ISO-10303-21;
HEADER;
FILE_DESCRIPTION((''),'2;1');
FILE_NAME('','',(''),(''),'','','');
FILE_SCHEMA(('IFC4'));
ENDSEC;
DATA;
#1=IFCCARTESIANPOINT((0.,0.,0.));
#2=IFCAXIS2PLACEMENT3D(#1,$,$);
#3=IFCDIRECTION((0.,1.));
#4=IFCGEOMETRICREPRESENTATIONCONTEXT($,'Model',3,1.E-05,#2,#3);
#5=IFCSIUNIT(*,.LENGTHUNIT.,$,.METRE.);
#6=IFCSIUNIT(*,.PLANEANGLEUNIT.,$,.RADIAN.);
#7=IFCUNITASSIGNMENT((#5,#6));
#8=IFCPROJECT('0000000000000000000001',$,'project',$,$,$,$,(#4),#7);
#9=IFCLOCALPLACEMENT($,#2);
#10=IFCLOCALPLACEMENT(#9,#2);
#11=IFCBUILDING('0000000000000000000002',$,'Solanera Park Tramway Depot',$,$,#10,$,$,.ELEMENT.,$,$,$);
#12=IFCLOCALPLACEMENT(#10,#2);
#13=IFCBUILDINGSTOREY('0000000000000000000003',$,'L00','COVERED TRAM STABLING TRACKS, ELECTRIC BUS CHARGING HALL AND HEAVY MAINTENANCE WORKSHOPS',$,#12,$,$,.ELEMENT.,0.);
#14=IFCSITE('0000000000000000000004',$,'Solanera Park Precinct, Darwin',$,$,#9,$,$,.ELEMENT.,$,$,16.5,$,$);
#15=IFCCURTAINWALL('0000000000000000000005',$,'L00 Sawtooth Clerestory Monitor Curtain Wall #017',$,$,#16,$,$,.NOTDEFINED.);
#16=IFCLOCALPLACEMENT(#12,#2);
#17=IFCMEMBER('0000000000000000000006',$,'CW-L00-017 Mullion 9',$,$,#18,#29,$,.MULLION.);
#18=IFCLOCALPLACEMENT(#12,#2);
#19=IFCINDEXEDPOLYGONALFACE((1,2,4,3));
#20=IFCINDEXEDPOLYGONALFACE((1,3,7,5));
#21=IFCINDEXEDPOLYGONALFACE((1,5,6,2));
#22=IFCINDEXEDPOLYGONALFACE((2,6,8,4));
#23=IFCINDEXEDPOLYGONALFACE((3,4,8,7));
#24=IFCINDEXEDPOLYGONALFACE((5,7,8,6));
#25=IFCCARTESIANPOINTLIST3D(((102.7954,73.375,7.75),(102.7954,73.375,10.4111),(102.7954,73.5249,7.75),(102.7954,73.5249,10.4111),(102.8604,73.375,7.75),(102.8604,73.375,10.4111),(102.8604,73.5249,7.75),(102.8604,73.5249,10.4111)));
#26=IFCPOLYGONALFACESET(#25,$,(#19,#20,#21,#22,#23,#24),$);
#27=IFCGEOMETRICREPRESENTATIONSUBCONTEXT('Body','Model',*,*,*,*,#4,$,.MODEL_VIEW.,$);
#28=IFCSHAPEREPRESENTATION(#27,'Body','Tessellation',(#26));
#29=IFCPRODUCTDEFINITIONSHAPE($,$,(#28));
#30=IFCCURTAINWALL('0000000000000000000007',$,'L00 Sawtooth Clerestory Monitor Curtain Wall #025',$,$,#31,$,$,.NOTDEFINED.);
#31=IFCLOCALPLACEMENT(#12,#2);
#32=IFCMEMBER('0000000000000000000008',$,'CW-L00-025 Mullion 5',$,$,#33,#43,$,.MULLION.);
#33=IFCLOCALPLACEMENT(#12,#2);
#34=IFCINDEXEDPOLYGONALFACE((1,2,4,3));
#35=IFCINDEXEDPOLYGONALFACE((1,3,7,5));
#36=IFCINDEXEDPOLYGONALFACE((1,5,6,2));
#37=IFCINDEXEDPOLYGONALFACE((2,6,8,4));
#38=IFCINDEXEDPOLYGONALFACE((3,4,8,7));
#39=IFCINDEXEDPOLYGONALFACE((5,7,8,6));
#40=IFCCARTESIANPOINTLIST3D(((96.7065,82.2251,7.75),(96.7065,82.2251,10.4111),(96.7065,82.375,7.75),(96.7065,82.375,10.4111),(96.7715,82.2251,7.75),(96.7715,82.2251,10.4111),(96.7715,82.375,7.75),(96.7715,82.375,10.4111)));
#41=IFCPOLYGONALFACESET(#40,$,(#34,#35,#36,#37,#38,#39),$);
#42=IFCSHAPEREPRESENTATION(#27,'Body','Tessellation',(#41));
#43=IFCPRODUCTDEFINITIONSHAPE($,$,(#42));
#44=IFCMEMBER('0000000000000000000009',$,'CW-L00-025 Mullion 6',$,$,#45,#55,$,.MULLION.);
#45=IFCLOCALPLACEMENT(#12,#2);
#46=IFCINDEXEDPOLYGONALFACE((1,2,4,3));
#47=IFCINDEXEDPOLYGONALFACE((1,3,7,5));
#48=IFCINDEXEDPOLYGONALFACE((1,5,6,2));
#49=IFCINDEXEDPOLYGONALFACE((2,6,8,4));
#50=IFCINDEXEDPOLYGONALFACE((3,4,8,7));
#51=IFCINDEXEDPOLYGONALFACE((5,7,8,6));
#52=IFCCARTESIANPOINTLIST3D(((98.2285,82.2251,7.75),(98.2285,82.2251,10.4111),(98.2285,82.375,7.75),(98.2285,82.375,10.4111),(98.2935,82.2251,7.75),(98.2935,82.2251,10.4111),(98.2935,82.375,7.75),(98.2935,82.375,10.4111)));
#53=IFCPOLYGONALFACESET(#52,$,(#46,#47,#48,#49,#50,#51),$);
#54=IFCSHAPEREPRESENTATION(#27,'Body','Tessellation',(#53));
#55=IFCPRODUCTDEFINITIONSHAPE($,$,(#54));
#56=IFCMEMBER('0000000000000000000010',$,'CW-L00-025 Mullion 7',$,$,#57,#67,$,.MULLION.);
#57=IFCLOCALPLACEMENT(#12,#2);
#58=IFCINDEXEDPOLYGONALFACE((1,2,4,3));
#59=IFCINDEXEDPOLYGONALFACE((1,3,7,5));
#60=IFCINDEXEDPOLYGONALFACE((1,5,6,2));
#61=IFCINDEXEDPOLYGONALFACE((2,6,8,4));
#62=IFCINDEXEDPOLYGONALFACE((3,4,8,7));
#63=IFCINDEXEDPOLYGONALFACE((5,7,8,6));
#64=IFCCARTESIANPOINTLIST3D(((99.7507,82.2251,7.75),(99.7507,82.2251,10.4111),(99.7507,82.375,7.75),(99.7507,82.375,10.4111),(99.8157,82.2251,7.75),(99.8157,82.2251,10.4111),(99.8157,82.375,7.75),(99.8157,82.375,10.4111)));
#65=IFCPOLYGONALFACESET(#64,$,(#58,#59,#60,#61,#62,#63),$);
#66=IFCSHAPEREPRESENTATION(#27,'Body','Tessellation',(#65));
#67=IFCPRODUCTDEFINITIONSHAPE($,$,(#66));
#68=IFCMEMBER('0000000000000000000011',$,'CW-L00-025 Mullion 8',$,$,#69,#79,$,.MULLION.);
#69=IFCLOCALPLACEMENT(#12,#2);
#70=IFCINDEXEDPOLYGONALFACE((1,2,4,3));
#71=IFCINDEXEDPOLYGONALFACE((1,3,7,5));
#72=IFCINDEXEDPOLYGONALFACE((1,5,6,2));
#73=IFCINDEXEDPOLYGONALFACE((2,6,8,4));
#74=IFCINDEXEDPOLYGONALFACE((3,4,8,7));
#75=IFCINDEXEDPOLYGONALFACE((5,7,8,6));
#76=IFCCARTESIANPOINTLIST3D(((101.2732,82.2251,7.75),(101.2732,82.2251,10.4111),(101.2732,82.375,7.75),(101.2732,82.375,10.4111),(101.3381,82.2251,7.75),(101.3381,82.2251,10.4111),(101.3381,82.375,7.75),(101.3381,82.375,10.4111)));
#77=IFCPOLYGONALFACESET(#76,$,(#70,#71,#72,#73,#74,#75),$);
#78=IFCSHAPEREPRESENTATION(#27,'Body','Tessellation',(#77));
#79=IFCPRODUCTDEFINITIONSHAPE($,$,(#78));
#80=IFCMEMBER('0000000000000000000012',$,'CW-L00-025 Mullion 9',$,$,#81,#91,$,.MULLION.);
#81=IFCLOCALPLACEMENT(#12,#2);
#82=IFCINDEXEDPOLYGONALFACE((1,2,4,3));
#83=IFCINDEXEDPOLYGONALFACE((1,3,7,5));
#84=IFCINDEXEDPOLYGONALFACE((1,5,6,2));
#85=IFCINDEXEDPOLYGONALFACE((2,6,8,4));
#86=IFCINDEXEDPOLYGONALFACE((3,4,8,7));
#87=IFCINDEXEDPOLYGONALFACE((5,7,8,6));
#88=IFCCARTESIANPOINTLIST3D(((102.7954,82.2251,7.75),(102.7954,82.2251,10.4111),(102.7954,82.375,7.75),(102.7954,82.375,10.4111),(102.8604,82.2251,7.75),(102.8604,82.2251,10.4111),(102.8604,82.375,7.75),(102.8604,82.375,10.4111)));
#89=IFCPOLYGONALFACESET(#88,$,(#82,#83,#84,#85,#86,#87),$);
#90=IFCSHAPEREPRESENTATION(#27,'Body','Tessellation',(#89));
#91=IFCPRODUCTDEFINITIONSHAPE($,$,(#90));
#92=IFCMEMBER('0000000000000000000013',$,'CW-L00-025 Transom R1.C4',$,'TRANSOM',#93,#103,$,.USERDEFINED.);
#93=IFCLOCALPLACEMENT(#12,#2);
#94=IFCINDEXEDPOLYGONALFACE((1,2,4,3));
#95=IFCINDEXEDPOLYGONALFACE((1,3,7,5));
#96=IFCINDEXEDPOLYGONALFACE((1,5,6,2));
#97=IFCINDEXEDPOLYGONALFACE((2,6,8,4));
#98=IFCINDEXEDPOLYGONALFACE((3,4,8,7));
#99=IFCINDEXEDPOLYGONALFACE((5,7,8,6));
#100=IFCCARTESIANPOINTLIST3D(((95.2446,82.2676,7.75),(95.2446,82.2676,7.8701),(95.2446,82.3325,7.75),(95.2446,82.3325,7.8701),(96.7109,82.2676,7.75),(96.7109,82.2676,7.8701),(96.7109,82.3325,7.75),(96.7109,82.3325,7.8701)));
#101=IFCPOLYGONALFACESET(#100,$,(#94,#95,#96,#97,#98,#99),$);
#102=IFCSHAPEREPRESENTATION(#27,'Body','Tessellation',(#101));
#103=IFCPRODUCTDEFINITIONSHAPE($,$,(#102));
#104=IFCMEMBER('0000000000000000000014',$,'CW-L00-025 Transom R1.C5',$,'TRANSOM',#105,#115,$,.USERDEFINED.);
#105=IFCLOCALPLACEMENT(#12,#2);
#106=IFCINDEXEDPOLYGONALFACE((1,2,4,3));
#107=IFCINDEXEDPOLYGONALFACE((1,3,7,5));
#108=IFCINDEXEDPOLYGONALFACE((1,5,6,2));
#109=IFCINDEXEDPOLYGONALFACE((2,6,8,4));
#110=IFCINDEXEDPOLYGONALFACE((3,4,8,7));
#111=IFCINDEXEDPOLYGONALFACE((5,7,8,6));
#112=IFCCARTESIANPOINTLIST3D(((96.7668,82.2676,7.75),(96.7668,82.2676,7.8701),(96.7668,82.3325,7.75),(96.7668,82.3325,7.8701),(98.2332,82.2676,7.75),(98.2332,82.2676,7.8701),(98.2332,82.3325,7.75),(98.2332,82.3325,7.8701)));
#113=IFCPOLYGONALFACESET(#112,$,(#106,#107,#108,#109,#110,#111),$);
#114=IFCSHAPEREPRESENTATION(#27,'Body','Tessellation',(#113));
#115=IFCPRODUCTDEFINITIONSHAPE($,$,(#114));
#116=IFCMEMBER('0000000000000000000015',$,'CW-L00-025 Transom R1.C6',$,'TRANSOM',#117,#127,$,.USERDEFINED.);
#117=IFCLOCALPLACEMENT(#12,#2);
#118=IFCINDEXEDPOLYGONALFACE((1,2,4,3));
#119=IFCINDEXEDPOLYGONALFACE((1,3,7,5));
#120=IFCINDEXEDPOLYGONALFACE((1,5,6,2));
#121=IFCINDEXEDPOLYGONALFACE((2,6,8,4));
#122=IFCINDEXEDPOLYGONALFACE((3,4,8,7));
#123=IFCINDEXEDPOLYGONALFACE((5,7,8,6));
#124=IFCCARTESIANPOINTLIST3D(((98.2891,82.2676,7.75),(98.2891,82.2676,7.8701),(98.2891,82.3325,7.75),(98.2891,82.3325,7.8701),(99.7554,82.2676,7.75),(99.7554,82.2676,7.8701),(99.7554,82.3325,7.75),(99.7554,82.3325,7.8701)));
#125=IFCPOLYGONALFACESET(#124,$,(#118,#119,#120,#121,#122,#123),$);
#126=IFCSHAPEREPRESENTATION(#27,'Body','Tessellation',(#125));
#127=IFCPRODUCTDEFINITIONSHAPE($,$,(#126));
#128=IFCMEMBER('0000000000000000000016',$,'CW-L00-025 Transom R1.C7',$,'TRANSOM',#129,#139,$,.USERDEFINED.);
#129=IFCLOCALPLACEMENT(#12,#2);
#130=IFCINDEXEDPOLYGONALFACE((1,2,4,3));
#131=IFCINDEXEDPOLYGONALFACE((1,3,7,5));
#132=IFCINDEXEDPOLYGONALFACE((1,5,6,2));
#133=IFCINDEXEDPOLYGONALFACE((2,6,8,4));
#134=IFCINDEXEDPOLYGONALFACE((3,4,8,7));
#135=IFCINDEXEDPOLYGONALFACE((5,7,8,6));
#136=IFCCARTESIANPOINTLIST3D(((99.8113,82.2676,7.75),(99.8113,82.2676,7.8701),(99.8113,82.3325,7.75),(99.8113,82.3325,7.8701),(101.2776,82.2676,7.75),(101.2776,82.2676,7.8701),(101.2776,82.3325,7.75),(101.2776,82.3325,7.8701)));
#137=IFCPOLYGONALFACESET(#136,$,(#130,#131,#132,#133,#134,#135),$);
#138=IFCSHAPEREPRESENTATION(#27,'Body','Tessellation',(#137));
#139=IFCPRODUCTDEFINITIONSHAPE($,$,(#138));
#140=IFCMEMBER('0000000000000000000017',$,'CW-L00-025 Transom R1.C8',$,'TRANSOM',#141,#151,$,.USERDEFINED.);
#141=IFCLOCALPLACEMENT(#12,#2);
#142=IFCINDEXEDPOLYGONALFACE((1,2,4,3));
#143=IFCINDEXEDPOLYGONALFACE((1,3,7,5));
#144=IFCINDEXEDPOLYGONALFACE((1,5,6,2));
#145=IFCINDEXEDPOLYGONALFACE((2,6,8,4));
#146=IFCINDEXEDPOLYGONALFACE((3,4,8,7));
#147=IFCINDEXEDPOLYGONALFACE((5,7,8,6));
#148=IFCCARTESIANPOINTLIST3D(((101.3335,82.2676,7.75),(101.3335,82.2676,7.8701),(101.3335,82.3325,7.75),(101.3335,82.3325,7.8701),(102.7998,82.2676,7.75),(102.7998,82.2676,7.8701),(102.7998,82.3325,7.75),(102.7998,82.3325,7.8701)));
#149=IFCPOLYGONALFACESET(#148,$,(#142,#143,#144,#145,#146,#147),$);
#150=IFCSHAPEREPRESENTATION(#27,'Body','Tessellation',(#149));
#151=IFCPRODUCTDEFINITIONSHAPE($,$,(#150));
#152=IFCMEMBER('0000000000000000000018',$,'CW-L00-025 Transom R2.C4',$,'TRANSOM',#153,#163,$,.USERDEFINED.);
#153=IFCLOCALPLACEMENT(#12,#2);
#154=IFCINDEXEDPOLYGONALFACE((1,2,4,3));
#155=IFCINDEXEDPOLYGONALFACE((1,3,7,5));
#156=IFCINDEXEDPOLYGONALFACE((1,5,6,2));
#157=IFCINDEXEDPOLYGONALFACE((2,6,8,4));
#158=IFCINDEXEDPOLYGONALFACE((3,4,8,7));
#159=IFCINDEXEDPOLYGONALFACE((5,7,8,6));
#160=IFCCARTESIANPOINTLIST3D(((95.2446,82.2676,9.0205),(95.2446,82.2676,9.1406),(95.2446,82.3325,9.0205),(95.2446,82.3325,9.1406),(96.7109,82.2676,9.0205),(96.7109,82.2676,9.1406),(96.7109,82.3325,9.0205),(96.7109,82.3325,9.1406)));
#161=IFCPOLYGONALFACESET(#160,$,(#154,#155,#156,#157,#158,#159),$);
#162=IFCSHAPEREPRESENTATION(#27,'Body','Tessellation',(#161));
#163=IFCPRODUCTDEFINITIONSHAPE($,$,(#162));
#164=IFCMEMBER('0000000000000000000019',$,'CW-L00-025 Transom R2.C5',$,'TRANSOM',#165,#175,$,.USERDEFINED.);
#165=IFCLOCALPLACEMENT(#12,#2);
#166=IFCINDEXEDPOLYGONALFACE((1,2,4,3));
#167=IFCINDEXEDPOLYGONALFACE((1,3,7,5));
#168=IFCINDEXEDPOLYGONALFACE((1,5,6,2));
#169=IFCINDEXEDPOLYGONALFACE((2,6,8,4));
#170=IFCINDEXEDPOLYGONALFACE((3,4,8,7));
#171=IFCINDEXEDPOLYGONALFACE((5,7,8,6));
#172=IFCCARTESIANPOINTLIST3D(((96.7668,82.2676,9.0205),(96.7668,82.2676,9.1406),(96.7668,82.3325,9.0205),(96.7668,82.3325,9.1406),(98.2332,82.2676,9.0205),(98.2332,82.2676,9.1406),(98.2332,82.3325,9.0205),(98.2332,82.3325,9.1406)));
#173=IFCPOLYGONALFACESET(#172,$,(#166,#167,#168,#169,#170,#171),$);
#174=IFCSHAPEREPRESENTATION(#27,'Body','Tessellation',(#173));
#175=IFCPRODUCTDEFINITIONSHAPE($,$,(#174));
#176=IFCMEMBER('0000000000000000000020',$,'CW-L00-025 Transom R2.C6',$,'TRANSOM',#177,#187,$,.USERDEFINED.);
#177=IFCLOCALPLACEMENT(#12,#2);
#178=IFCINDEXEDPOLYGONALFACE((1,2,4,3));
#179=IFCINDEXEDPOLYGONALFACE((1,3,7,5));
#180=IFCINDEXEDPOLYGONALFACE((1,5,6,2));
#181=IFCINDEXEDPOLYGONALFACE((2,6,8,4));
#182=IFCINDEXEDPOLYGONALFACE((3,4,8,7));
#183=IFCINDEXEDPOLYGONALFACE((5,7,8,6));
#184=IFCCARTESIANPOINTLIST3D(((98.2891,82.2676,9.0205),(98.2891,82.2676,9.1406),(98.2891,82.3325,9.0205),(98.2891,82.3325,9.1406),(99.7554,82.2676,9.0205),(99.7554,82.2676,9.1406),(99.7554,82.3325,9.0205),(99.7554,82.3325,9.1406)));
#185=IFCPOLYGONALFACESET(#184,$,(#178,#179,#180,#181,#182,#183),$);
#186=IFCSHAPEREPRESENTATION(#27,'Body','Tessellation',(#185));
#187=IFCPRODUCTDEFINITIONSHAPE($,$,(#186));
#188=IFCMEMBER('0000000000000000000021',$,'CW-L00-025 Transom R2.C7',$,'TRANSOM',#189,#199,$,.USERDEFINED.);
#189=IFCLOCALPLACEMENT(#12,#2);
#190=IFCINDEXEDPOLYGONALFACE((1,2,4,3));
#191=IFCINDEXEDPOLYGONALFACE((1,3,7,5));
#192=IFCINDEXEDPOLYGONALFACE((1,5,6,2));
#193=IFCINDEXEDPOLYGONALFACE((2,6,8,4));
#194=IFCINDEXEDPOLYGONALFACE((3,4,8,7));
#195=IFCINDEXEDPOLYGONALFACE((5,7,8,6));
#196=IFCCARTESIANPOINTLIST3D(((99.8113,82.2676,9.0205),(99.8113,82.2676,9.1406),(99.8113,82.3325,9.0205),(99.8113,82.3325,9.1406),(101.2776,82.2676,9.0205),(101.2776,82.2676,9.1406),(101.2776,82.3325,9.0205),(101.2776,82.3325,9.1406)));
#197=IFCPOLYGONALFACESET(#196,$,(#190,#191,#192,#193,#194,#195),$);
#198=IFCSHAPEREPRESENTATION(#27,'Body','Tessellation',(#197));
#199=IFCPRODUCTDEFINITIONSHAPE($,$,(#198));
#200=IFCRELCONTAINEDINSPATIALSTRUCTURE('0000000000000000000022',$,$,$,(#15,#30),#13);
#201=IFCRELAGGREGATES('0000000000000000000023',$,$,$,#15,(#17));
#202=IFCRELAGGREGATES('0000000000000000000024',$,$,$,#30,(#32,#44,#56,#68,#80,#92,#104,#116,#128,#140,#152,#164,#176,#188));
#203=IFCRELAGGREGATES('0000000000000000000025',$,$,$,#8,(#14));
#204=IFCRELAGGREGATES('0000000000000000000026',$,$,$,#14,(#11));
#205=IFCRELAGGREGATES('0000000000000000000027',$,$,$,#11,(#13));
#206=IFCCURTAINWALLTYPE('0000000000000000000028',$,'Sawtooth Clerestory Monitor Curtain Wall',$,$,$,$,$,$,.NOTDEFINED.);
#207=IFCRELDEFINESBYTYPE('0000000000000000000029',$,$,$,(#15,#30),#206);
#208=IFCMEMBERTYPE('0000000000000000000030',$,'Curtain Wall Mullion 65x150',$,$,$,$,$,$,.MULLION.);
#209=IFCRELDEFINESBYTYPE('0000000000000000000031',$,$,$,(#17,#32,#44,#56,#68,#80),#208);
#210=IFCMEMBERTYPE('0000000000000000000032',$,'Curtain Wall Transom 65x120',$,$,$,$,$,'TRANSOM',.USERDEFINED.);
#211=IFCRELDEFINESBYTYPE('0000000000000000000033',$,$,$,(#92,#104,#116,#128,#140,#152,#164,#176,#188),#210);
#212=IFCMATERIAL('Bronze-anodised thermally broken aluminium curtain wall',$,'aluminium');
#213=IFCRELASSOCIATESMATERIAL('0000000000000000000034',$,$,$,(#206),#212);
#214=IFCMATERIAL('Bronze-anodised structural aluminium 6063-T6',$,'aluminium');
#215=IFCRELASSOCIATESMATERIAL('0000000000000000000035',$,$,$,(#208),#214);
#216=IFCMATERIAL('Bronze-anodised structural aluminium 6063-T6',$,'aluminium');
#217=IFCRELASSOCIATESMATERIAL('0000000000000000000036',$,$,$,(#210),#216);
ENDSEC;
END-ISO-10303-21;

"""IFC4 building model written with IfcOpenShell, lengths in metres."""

from ifc_helpers import new_model, si_unit, direction, frame, origin, origin_2d, place, context, subcontext, project, spatial, rectangle, extrude, material, material_profile, profile_set, type_object, element, aggregate, save


model = new_model("IFC4")

# Units and contexts
model_context = context("Model", 3, precision=1e-05, world=origin(), true_north=direction((0.0, 1.0)))
body_context = subcontext(model_context, "Body", "Model", "MODEL_VIEW")
ifc_project = project(units=[si_unit("LENGTHUNIT", "METRE"), si_unit("PLANEANGLEUNIT", "RADIAN")], contexts=[model_context])

# Site, building, storey
site_placement = place(None, origin())
site = spatial("IfcSite", under=ifc_project, at=site_placement, Name="Solanera Park Precinct, Darwin", CompositionType="ELEMENT", RefElevation=16.5)
building_placement = place(site_placement, origin())
building = spatial("IfcBuilding", under=site, at=building_placement, Name="Solanera Park Tramway Depot", CompositionType="ELEMENT")
storey_placement = place(building_placement, origin())
storey = spatial("IfcBuildingStorey", under=building, at=storey_placement, Name="L00", Description="COVERED TRAM STABLING TRACKS, ELECTRIC BUS CHARGING HALL AND HEAVY MAINTENANCE WORKSHOPS", CompositionType="ELEMENT", Elevation=0.0)

# Curtain wall, member
ifc_material_1 = material(Name="Bronze-anodised thermally broken aluminium curtain wall", Category="aluminium")
curtain_wall_type = type_object("IfcCurtainWallType", Name="Sawtooth Clerestory Monitor Curtain Wall", PredefinedType="NOTDEFINED", material=ifc_material_1)
curtain_wall_1_placement = place(storey_placement, origin())
curtain_wall_1 = element("IfcCurtainWall", 1, at=curtain_wall_1_placement, inside=storey, type_object=curtain_wall_type, Name="L00 Sawtooth Clerestory Monitor Curtain Wall #017", PredefinedType="NOTDEFINED")
ifc_material_2 = material(Name="Bronze-anodised structural aluminium 6063-T6", Category="aluminium")
ifc_material_profile_1 = material_profile(ifc_material_2, rectangle(XDim=0.0649, YDim=0.1499, at=origin_2d()), Name="Curtain Wall Mullion 65x150")
ifc_profile_set_1 = profile_set([ifc_material_profile_1], Name="Bronze-anodised structural aluminium 6063-T6")
member_type_1 = type_object("IfcMemberType", Name="Curtain Wall Mullion 65x150", PredefinedType="MULLION", material=ifc_profile_set_1)
member_1_placement = place(storey_placement, frame((102.8279, 73.45, 7.75), z_axis=(0.0, 0.0, 1.0), x_axis=(1.0, 0.0, 0.0)))
member_1 = element("IfcMember", 2, at=member_1_placement, type_object=member_type_1, Name="CW-L00-017 Mullion 9", PredefinedType="MULLION", context=body_context, shape_type="SweptSolid", body=[
    extrude(rectangle(XDim=0.0649, YDim=0.1499, at=origin_2d()), origin(), (0.0, 0.0, 1.0), 2.6611),
])

# Curtain wall, members
curtain_wall_2_placement = place(storey_placement, origin())
curtain_wall_2 = element("IfcCurtainWall", 3, at=curtain_wall_2_placement, inside=storey, type_object=curtain_wall_type, Name="L00 Sawtooth Clerestory Monitor Curtain Wall #025", PredefinedType="NOTDEFINED")
member_2_placement = place(storey_placement, frame((96.739, 82.3, 7.75), z_axis=(0.0, 0.0, 1.0), x_axis=(1.0, 0.0, 0.0)))
member_2 = element("IfcMember", 4, at=member_2_placement, type_object=member_type_1, Name="CW-L00-025 Mullion 5", PredefinedType="MULLION", context=body_context, shape_type="SweptSolid", body=[
    extrude(rectangle(XDim=0.0649, YDim=0.1499, at=origin_2d()), origin(), (0.0, 0.0, 1.0), 2.6611),
])
member_3_placement = place(storey_placement, frame((98.261, 82.3, 7.75), z_axis=(0.0, 0.0, 1.0), x_axis=(1.0, 0.0, 0.0)))
member_3 = element("IfcMember", 5, at=member_3_placement, type_object=member_type_1, Name="CW-L00-025 Mullion 6", PredefinedType="MULLION", context=body_context, shape_type="SweptSolid", body=[
    extrude(rectangle(XDim=0.0649, YDim=0.1499, at=origin_2d()), origin(), (0.0, 0.0, 1.0), 2.6611),
])
member_4_placement = place(storey_placement, frame((99.7832, 82.3, 7.75), z_axis=(0.0, 0.0, 1.0), x_axis=(1.0, 0.0, 0.0)))
member_4 = element("IfcMember", 6, at=member_4_placement, type_object=member_type_1, Name="CW-L00-025 Mullion 7", PredefinedType="MULLION", context=body_context, shape_type="SweptSolid", body=[
    extrude(rectangle(XDim=0.0649, YDim=0.1499, at=origin_2d()), origin(), (0.0, 0.0, 1.0), 2.6611),
])
member_5_placement = place(storey_placement, frame((101.3057, 82.3, 7.75), z_axis=(0.0, 0.0, 1.0), x_axis=(1.0, 0.0, 0.0)))
member_5 = element("IfcMember", 7, at=member_5_placement, type_object=member_type_1, Name="CW-L00-025 Mullion 8", PredefinedType="MULLION", context=body_context, shape_type="SweptSolid", body=[
    extrude(rectangle(XDim=0.0649, YDim=0.1499, at=origin_2d()), origin(), (0.0, 0.0, 1.0), 2.6611),
])
member_6_placement = place(storey_placement, frame((102.8279, 82.3, 7.75), z_axis=(0.0, 0.0, 1.0), x_axis=(1.0, 0.0, 0.0)))
member_6 = element("IfcMember", 8, at=member_6_placement, type_object=member_type_1, Name="CW-L00-025 Mullion 9", PredefinedType="MULLION", context=body_context, shape_type="SweptSolid", body=[
    extrude(rectangle(XDim=0.0649, YDim=0.1499, at=origin_2d()), origin(), (0.0, 0.0, 1.0), 2.6611),
])
ifc_material_3 = material(Name="Bronze-anodised structural aluminium 6063-T6", Category="aluminium")
ifc_material_profile_2 = material_profile(ifc_material_3, rectangle(XDim=0.0649, YDim=0.1201, at=origin_2d()), Name="Curtain Wall Transom 65x120")
ifc_profile_set_2 = profile_set([ifc_material_profile_2], Name="Bronze-anodised structural aluminium 6063-T6")
member_type_2 = type_object("IfcMemberType", Name="Curtain Wall Transom 65x120", ElementType="TRANSOM", PredefinedType="USERDEFINED", material=ifc_profile_set_2)
member_7_placement = place(storey_placement, frame((95.2446, 82.3, 7.8101), z_axis=(1.0, 0.0, 0.0), x_axis=(0.0, 1.0, 0.0)))
member_7 = element("IfcMember", 9, at=member_7_placement, type_object=member_type_2, Name="CW-L00-025 Transom R1.C4", ObjectType="TRANSOM", PredefinedType="USERDEFINED", context=body_context, shape_type="SweptSolid", body=[
    extrude(rectangle(XDim=0.0649, YDim=0.1201, at=origin_2d()), origin(), (0.0, 0.0, 1.0), 1.4663),
])
member_8_placement = place(storey_placement, frame((96.7668, 82.3, 7.8101), z_axis=(1.0, 0.0, 0.0), x_axis=(0.0, 1.0, 0.0)))
member_8 = element("IfcMember", 10, at=member_8_placement, type_object=member_type_2, Name="CW-L00-025 Transom R1.C5", ObjectType="TRANSOM", PredefinedType="USERDEFINED", context=body_context, shape_type="SweptSolid", body=[
    extrude(rectangle(XDim=0.0649, YDim=0.1201, at=origin_2d()), origin(), (0.0, 0.0, 1.0), 1.4663),
])
member_9_placement = place(storey_placement, frame((98.2891, 82.3, 7.8101), z_axis=(1.0, 0.0, 0.0), x_axis=(0.0, 1.0, 0.0)))
member_9 = element("IfcMember", 11, at=member_9_placement, type_object=member_type_2, Name="CW-L00-025 Transom R1.C6", ObjectType="TRANSOM", PredefinedType="USERDEFINED", context=body_context, shape_type="SweptSolid", body=[
    extrude(rectangle(XDim=0.0649, YDim=0.1201, at=origin_2d()), origin(), (0.0, 0.0, 1.0), 1.4663),
])
member_10_placement = place(storey_placement, frame((99.8113, 82.3, 7.8101), z_axis=(1.0, 0.0, 0.0), x_axis=(0.0, 1.0, 0.0)))
member_10 = element("IfcMember", 12, at=member_10_placement, type_object=member_type_2, Name="CW-L00-025 Transom R1.C7", ObjectType="TRANSOM", PredefinedType="USERDEFINED", context=body_context, shape_type="SweptSolid", body=[
    extrude(rectangle(XDim=0.0649, YDim=0.1201, at=origin_2d()), origin(), (0.0, 0.0, 1.0), 1.4663),
])
member_11_placement = place(storey_placement, frame((101.3335, 82.3, 7.8101), z_axis=(1.0, 0.0, 0.0), x_axis=(0.0, 1.0, 0.0)))
member_11 = element("IfcMember", 13, at=member_11_placement, type_object=member_type_2, Name="CW-L00-025 Transom R1.C8", ObjectType="TRANSOM", PredefinedType="USERDEFINED", context=body_context, shape_type="SweptSolid", body=[
    extrude(rectangle(XDim=0.0649, YDim=0.1201, at=origin_2d()), origin(), (0.0, 0.0, 1.0), 1.4663),
])
member_12_placement = place(storey_placement, frame((95.2446, 82.3, 9.0806), z_axis=(1.0, 0.0, 0.0), x_axis=(0.0, 1.0, 0.0)))
member_12 = element("IfcMember", 14, at=member_12_placement, type_object=member_type_2, Name="CW-L00-025 Transom R2.C4", ObjectType="TRANSOM", PredefinedType="USERDEFINED", context=body_context, shape_type="SweptSolid", body=[
    extrude(rectangle(XDim=0.0649, YDim=0.1201, at=origin_2d()), origin(), (0.0, 0.0, 1.0), 1.4663),
])
member_13_placement = place(storey_placement, frame((96.7668, 82.3, 9.0806), z_axis=(1.0, 0.0, 0.0), x_axis=(0.0, 1.0, 0.0)))
member_13 = element("IfcMember", 15, at=member_13_placement, type_object=member_type_2, Name="CW-L00-025 Transom R2.C5", ObjectType="TRANSOM", PredefinedType="USERDEFINED", context=body_context, shape_type="SweptSolid", body=[
    extrude(rectangle(XDim=0.0649, YDim=0.1201, at=origin_2d()), origin(), (0.0, 0.0, 1.0), 1.4663),
])
member_14_placement = place(storey_placement, frame((98.2891, 82.3, 9.0806), z_axis=(1.0, 0.0, 0.0), x_axis=(0.0, 1.0, 0.0)))
member_14 = element("IfcMember", 16, at=member_14_placement, type_object=member_type_2, Name="CW-L00-025 Transom R2.C6", ObjectType="TRANSOM", PredefinedType="USERDEFINED", context=body_context, shape_type="SweptSolid", body=[
    extrude(rectangle(XDim=0.0649, YDim=0.1201, at=origin_2d()), origin(), (0.0, 0.0, 1.0), 1.4663),
])
member_15_placement = place(storey_placement, frame((99.8113, 82.3, 9.0806), z_axis=(1.0, 0.0, 0.0), x_axis=(0.0, 1.0, 0.0)))
member_15 = element("IfcMember", 17, at=member_15_placement, type_object=member_type_2, Name="CW-L00-025 Transom R2.C7", ObjectType="TRANSOM", PredefinedType="USERDEFINED", context=body_context, shape_type="SweptSolid", body=[
    extrude(rectangle(XDim=0.0649, YDim=0.1201, at=origin_2d()), origin(), (0.0, 0.0, 1.0), 1.4663),
])

aggregate(curtain_wall_1, [member_1])
aggregate(curtain_wall_2, [member_2, member_3, member_4, member_5, member_6, member_7, member_8, member_9, member_10, member_11, member_12, member_13, member_14, member_15])

save(model, "model.ifc")
